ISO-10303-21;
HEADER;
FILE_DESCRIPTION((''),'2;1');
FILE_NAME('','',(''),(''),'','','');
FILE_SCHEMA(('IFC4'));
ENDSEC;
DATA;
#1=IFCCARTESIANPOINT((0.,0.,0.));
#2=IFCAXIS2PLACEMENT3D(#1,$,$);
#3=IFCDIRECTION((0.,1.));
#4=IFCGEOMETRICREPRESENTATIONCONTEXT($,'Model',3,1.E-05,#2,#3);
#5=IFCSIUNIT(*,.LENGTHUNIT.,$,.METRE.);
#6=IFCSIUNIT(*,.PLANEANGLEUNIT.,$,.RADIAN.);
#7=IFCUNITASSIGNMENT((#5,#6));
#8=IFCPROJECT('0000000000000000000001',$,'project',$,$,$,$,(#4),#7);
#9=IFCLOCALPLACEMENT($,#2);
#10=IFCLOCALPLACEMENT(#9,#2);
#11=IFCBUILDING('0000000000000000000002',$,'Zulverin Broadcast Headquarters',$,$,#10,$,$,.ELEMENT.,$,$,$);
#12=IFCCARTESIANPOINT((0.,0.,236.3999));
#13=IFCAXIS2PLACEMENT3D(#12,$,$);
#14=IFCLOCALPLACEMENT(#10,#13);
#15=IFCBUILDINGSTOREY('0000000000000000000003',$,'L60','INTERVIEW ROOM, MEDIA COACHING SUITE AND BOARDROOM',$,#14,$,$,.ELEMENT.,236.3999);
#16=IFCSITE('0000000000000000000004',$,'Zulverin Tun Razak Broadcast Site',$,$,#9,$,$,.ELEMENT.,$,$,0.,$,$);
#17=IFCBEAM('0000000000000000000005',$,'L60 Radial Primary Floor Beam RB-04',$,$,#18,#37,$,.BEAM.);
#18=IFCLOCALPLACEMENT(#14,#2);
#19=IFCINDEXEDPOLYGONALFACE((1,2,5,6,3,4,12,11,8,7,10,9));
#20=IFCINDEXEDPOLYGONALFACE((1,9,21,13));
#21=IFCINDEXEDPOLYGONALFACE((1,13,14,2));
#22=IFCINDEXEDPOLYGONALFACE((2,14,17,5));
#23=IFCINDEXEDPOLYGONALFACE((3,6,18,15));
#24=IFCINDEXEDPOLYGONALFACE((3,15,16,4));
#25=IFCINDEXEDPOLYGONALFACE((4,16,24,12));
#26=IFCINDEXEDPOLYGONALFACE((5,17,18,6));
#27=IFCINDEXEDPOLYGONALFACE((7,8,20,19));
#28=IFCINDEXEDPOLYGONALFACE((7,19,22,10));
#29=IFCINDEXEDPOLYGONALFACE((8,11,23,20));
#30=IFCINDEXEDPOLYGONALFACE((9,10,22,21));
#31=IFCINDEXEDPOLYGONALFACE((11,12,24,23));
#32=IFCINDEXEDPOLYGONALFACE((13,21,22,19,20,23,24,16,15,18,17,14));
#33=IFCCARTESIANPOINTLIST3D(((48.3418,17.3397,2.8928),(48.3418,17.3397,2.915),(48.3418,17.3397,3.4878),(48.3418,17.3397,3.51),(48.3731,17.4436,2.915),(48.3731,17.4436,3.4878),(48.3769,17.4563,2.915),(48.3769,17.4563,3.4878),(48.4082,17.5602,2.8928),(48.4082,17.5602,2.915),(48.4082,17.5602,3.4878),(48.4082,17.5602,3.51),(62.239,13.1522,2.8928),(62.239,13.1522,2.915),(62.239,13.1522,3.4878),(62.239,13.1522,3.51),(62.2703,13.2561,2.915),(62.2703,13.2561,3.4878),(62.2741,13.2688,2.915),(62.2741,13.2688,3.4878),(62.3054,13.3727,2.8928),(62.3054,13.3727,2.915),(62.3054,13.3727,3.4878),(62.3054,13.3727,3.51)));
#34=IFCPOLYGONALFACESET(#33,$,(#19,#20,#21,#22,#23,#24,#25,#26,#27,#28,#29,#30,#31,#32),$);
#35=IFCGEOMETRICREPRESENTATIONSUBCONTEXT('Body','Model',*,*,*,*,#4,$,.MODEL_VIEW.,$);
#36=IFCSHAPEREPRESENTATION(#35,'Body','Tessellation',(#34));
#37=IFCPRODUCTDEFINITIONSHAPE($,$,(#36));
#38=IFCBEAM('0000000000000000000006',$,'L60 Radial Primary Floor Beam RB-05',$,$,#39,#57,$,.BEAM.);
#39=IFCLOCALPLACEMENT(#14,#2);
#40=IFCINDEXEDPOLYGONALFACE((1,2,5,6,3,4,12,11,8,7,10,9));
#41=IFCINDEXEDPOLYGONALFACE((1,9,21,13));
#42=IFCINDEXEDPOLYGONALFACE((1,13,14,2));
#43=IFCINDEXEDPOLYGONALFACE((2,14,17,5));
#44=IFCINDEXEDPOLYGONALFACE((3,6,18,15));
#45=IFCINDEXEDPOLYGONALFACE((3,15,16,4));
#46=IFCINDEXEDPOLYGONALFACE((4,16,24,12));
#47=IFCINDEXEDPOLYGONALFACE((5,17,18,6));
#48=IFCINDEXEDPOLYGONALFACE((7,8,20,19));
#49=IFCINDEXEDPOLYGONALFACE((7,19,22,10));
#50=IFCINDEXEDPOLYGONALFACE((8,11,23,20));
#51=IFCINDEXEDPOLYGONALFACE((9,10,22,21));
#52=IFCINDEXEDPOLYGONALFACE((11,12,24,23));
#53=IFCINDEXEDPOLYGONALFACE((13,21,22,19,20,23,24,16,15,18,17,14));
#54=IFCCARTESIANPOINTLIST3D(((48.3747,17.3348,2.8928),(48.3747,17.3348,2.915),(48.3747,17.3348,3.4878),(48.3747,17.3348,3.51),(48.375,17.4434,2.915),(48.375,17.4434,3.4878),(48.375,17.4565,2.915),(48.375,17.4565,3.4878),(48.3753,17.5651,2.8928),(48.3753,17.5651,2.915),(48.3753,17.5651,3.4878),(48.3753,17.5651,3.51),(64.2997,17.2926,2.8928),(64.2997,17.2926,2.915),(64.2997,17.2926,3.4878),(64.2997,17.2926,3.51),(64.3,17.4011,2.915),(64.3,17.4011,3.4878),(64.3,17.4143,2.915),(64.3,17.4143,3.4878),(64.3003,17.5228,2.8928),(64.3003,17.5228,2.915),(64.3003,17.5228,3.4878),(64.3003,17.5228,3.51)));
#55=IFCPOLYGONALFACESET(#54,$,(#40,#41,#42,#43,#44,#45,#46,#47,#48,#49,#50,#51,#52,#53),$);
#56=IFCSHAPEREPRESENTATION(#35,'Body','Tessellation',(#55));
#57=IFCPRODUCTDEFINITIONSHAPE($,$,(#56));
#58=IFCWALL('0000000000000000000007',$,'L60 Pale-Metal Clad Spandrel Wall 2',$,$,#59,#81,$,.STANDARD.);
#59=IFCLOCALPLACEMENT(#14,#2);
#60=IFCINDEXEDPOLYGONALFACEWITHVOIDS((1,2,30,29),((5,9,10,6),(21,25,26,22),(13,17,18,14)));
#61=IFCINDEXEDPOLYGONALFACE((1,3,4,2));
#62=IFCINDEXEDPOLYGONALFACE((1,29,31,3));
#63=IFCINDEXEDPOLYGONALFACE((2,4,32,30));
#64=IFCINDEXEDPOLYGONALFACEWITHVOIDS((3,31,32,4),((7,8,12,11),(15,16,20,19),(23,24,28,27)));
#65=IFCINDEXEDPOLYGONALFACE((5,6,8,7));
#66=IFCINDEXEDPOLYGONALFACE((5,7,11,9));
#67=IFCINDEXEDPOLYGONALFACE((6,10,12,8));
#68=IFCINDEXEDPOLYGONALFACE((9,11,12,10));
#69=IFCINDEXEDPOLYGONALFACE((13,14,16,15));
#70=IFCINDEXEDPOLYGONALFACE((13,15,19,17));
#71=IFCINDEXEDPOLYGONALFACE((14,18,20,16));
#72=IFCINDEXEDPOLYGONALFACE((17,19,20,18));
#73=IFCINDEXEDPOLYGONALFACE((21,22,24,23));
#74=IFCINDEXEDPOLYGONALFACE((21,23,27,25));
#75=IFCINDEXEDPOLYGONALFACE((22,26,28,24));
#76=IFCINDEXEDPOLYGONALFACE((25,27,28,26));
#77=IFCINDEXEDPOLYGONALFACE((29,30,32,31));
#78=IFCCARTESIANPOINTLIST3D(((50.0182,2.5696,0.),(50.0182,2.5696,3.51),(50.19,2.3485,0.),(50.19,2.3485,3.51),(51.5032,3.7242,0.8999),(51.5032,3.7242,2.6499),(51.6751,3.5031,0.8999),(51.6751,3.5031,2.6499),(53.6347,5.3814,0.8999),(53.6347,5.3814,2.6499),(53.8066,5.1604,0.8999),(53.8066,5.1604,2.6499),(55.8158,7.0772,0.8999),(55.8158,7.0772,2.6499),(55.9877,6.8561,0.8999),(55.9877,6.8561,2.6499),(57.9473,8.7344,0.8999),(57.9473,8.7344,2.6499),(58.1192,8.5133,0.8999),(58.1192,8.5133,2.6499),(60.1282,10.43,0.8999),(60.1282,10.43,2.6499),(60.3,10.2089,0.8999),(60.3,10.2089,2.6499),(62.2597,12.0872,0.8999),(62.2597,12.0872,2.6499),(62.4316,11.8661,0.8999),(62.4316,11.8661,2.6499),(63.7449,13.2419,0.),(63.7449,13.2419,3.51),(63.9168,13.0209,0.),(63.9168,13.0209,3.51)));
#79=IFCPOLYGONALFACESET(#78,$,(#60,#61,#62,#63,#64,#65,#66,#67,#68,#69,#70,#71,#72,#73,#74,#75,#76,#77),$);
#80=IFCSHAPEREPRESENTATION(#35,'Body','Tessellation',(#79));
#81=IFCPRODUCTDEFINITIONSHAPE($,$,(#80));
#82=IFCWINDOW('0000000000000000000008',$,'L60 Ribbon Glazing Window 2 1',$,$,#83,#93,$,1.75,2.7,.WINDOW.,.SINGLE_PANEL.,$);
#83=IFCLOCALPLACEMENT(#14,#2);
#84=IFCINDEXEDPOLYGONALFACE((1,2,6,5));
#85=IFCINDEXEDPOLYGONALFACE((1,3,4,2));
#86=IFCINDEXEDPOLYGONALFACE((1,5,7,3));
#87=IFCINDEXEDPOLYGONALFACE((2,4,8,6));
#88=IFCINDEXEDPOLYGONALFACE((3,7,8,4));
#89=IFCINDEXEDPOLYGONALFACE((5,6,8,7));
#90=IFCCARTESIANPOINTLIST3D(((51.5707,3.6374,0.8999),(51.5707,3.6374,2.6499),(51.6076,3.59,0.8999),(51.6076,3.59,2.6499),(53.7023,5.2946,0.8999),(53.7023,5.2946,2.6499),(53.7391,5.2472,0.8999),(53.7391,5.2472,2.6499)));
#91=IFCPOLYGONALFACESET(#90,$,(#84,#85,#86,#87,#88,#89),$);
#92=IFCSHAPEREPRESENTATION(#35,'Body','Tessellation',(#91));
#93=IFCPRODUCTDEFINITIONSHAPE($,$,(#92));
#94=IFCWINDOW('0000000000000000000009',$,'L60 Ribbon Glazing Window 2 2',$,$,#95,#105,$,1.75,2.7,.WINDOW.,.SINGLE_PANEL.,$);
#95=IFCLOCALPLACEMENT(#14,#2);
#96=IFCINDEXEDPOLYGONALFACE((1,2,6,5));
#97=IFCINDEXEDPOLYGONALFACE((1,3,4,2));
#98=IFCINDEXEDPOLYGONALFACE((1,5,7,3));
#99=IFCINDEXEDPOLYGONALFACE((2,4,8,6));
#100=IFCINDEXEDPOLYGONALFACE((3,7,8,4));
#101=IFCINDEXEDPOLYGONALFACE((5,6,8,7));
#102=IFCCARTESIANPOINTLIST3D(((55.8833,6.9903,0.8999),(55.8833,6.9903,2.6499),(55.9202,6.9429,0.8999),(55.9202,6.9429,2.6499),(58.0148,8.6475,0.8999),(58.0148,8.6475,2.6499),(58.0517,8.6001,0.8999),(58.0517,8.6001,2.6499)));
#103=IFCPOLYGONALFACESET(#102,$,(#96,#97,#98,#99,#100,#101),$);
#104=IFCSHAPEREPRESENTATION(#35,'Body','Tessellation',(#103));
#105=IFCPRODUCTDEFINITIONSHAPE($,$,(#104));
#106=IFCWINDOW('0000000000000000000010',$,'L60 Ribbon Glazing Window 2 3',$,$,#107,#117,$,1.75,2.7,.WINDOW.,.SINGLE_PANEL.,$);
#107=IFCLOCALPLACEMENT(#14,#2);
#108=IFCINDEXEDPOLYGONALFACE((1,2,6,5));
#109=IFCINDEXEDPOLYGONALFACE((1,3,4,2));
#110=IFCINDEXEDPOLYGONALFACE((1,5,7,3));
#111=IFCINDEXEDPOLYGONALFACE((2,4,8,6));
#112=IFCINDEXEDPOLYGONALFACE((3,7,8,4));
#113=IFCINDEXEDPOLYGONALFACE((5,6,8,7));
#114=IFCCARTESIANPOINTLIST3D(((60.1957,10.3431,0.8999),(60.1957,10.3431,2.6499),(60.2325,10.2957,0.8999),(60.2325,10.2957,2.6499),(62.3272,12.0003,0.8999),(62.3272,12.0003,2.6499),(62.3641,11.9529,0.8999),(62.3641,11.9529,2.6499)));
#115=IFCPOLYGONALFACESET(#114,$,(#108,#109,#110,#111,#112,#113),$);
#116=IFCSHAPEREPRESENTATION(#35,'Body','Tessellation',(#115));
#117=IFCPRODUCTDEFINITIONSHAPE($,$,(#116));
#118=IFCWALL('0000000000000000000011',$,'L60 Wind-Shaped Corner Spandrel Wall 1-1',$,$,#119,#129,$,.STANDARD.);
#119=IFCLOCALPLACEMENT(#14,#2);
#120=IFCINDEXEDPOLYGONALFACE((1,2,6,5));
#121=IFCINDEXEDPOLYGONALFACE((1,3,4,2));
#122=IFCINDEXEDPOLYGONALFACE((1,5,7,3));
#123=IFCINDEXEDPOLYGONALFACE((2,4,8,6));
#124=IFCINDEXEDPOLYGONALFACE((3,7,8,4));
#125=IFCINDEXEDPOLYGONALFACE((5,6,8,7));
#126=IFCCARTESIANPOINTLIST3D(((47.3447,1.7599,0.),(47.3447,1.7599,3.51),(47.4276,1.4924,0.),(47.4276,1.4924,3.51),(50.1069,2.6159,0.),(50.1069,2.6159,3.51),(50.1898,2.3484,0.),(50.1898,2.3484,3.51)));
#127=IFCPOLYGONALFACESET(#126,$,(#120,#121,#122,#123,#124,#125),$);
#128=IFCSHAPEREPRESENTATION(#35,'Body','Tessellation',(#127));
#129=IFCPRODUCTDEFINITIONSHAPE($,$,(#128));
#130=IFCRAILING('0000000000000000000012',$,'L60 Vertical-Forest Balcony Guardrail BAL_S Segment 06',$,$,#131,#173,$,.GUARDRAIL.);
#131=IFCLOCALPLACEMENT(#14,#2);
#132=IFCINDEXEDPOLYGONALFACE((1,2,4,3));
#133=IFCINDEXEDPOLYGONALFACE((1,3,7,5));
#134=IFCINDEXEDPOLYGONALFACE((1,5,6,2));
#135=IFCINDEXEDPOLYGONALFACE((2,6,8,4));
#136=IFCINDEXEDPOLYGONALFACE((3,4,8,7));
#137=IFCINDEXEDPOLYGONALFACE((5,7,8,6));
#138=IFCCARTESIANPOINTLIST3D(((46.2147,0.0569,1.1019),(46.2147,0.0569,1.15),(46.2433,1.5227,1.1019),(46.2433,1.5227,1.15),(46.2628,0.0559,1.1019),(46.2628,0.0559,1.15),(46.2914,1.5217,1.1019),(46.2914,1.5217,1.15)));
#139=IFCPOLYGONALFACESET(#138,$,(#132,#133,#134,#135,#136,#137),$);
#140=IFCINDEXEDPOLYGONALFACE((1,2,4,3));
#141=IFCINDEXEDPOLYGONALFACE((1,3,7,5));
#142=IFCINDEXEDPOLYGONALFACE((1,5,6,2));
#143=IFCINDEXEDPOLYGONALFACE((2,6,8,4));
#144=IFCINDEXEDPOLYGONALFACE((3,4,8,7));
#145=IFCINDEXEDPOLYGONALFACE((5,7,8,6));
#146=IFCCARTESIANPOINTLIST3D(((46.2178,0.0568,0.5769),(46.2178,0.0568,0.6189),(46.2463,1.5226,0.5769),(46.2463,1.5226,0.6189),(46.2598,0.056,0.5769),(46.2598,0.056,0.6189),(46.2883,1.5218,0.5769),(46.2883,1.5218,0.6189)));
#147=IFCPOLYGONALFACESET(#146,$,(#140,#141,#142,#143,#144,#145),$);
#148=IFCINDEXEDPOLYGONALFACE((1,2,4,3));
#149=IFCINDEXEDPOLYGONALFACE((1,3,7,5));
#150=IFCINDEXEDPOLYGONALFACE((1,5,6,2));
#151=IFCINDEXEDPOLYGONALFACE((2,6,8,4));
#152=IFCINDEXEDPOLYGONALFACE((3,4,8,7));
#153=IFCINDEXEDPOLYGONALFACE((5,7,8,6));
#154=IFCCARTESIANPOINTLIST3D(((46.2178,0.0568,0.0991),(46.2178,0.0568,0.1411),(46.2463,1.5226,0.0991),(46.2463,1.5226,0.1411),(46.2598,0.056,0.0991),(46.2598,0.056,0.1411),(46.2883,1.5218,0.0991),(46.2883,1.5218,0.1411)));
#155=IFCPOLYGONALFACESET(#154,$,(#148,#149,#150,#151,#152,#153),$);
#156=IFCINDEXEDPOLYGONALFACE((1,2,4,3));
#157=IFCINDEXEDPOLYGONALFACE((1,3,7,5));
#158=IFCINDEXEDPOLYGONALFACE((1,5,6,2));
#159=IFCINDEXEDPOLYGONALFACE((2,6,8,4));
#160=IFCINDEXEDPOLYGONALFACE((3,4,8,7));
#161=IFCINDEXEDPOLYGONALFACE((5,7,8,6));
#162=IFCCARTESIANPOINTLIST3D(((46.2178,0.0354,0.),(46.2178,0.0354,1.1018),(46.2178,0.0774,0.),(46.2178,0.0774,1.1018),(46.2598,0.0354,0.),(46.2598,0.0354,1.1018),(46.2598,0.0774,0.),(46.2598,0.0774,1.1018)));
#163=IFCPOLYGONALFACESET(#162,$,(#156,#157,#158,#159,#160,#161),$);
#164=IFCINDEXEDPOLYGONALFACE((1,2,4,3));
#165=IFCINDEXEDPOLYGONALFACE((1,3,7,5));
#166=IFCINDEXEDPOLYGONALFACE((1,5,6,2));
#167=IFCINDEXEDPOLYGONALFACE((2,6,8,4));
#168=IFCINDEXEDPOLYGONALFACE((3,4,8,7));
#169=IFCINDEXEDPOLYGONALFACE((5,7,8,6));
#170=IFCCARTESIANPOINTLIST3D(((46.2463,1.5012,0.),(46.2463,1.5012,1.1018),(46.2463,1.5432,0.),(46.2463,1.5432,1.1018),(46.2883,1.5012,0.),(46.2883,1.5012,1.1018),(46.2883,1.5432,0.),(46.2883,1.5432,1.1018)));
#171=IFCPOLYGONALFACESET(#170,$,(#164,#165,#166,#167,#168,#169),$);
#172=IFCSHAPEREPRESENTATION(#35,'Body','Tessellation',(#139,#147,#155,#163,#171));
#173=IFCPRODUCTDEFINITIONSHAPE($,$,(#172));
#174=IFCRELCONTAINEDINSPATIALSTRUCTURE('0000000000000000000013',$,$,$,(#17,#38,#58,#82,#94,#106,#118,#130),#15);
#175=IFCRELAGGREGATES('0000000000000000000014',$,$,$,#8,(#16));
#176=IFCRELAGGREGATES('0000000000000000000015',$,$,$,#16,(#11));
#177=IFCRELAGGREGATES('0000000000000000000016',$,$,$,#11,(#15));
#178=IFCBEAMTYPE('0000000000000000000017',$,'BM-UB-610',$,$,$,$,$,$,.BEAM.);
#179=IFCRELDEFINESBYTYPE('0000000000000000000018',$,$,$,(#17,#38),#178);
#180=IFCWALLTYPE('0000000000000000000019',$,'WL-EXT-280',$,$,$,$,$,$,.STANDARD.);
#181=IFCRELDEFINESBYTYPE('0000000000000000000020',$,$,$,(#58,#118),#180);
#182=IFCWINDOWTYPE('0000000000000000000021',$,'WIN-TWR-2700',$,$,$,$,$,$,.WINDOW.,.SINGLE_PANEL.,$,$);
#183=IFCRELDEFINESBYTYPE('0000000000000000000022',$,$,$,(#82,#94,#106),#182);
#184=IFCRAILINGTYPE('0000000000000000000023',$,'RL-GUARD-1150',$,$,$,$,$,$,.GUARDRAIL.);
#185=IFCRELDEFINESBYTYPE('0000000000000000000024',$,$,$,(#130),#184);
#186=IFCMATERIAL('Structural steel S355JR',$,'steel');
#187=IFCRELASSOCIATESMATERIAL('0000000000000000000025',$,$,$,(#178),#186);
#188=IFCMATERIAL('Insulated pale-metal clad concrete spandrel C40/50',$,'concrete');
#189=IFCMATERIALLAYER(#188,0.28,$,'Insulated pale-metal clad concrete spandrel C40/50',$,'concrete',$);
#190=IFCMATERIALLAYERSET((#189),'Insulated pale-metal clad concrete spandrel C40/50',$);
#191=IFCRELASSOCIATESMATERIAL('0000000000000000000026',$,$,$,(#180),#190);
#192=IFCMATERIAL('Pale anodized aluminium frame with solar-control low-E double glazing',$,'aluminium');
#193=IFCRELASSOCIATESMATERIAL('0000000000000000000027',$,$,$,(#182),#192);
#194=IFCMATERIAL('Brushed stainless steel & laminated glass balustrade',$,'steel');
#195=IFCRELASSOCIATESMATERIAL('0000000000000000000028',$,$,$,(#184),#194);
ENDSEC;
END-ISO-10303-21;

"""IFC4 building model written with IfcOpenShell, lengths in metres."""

from ifc_helpers import new_model, si_unit, direction, frame, frame_2d, origin, origin_2d, place, context, subcontext, project, spatial, rectangle, i_section, extrude, material, layer, layer_set, material_profile, profile_set, type_object, element, fill, save


model = new_model("IFC4")

# Units and contexts
model_context = context("Model", 3, precision=1e-05, world=origin(), true_north=direction((0.0, 1.0)))
body_context = subcontext(model_context, "Body", "Model", "MODEL_VIEW")
ifc_project = project(units=[si_unit("LENGTHUNIT", "METRE"), si_unit("PLANEANGLEUNIT", "RADIAN")], contexts=[model_context])

# Site, building, storey
site_placement = place(None, origin())
site = spatial("IfcSite", under=ifc_project, at=site_placement, Name="Zulverin Tun Razak Broadcast Site", CompositionType="ELEMENT", RefElevation=0.0)
building_placement = place(site_placement, origin())
building = spatial("IfcBuilding", under=site, at=building_placement, Name="Zulverin Broadcast Headquarters", CompositionType="ELEMENT")
storey_placement = place(building_placement, frame((0.0, 0.0, 236.3999)))
storey = spatial("IfcBuildingStorey", under=building, at=storey_placement, Name="L60", Description="INTERVIEW ROOM, MEDIA COACHING SUITE AND BOARDROOM", CompositionType="ELEMENT", Elevation=236.3999)

# Beams
ifc_material_1 = material(Name="Structural steel S355JR", Category="steel")
ifc_material_profile_1 = material_profile(ifc_material_1, i_section(OverallWidth=0.2302, OverallDepth=0.6172, WebThickness=0.0132, FlangeThickness=0.0222, at=origin_2d()), Name="Structural steel S355JR", Category="steel")
ifc_profile_set_1 = profile_set([ifc_material_profile_1], Name="Structural steel S355JR")
beam_type_1 = type_object("IfcBeamType", Name="BM-UB-610", PredefinedType="BEAM", material=ifc_profile_set_1)
beam_1_placement = place(storey_placement, frame((48.375, 17.45, 3.2014), z_axis=(0.957478, -0.288507, 0.0), x_axis=(0.288507, 0.957478, 0.0)))
element("IfcBeam", 1, at=beam_1_placement, inside=storey, type_object=beam_type_1, Name="L60 Radial Primary Floor Beam RB-04", PredefinedType="BEAM", context=body_context, shape_type="SweptSolid", body=[
    extrude(i_section(OverallWidth=0.2302, OverallDepth=0.6172, WebThickness=0.0132, FlangeThickness=0.0222, at=origin_2d()), origin(), (0.0, 0.0, 1.0), 14.5144),
])
beam_2_placement = place(storey_placement, frame((48.375, 17.45, 3.2014), z_axis=(0.999996, -0.002652, 0.0), x_axis=(0.002652, 0.999996, 0.0)))
element("IfcBeam", 2, at=beam_2_placement, inside=storey, type_object=beam_type_1, Name="L60 Radial Primary Floor Beam RB-05", PredefinedType="BEAM", context=body_context, shape_type="SweptSolid", body=[
    extrude(i_section(OverallWidth=0.2302, OverallDepth=0.6172, WebThickness=0.0132, FlangeThickness=0.0222, at=origin_2d()), origin(), (0.0, 0.0, 1.0), 15.925),
])

# Wall, openings, windows
ifc_material_2 = material(Name="Insulated pale-metal clad concrete spandrel C40/50", Category="concrete")
ifc_layer_1 = layer(ifc_material_2, 0.28, Name="Insulated pale-metal clad concrete spandrel C40/50", Category="concrete")
ifc_layer_set_1 = layer_set([ifc_layer_1], Name="Insulated pale-metal clad concrete spandrel C40/50")
wall_type_1 = type_object("IfcWallType", Name="WL-EXT-280", PredefinedType="STANDARD", material=ifc_layer_set_1)
wall_1_placement = place(storey_placement, frame((50.104, 2.459, 0.0), z_axis=(0.0, 0.0, 1.0), x_axis=(0.789465, 0.613796, 0.0)))
wall_1 = element("IfcWall", 3, at=wall_1_placement, inside=storey, type_object=wall_type_1, Name="L60 Pale-Metal Clad Spandrel Wall 2", PredefinedType="STANDARD", context=body_context, shape_type="SweptSolid", body=[
    extrude(rectangle(XDim=17.3875, YDim=0.28, at=frame_2d((8.6938, 0.0))), origin(), (0.0, 0.0, 1.0), 3.51),
])
opening_1_placement = place(wall_1_placement, frame((1.8811, 0.0, 0.8999)))
opening_1 = element("IfcOpeningElement", 4, at=opening_1_placement, cuts=wall_1, PredefinedType="OPENING", context=body_context, shape_type="SweptSolid", body=[
    extrude(rectangle(XDim=2.7, YDim=1.75, at=frame_2d((1.3501, 0.875))), frame((0.0, 0.1499, 0.0), z_axis=(0.0, -1.0, 0.0), x_axis=(1.0, 0.0, 0.0)), (0.0, 0.0, 1.0), 0.3),
])
opening_2_placement = place(wall_1_placement, frame((7.3438, 0.0, 0.8999)))
opening_2 = element("IfcOpeningElement", 5, at=opening_2_placement, cuts=wall_1, PredefinedType="OPENING", context=body_context, shape_type="SweptSolid", body=[
    extrude(rectangle(XDim=2.7, YDim=1.75, at=frame_2d((1.3501, 0.875))), frame((0.0, 0.1499, 0.0), z_axis=(0.0, -1.0, 0.0), x_axis=(1.0, 0.0, 0.0)), (0.0, 0.0, 1.0), 0.3),
])
opening_3_placement = place(wall_1_placement, frame((12.8062, 0.0, 0.8999)))
opening_3 = element("IfcOpeningElement", 6, at=opening_3_placement, cuts=wall_1, PredefinedType="OPENING", context=body_context, shape_type="SweptSolid", body=[
    extrude(rectangle(XDim=2.7, YDim=1.75, at=frame_2d((1.3501, 0.875))), frame((0.0, 0.1499, 0.0), z_axis=(0.0, -1.0, 0.0), x_axis=(1.0, 0.0, 0.0)), (0.0, 0.0, 1.0), 0.3),
])
ifc_material_3 = material(Name="Pale anodized aluminium frame with solar-control low-E double glazing", Category="aluminium")
window_type = type_object("IfcWindowType", Name="WIN-TWR-2700", PartitioningType="SINGLE_PANEL", PredefinedType="WINDOW", material=ifc_material_3)
window_1_placement = place(opening_1_placement, origin())
window_1 = element("IfcWindow", 7, at=window_1_placement, inside=storey, type_object=window_type, Name="L60 Ribbon Glazing Window 2 1", OverallHeight=1.75, OverallWidth=2.7, PartitioningType="SINGLE_PANEL", PredefinedType="WINDOW", context=body_context, shape_type="SweptSolid", body=[
    extrude(rectangle(XDim=2.7, YDim=1.75, at=frame_2d((1.3501, 0.875))), frame((0.0, 0.03, 0.0), z_axis=(0.0, -1.0, 0.0), x_axis=(1.0, 0.0, 0.0)), (0.0, 0.0, 1.0), 0.0601),
])
fill(opening_1, window_1)
window_2_placement = place(opening_2_placement, origin())
window_2 = element("IfcWindow", 8, at=window_2_placement, inside=storey, type_object=window_type, Name="L60 Ribbon Glazing Window 2 2", OverallHeight=1.75, OverallWidth=2.7, PartitioningType="SINGLE_PANEL", PredefinedType="WINDOW", context=body_context, shape_type="SweptSolid", body=[
    extrude(rectangle(XDim=2.7, YDim=1.75, at=frame_2d((1.3501, 0.875))), frame((0.0, 0.03, 0.0), z_axis=(0.0, -1.0, 0.0), x_axis=(1.0, 0.0, 0.0)), (0.0, 0.0, 1.0), 0.0601),
])
fill(opening_2, window_2)
window_3_placement = place(opening_3_placement, origin())
window_3 = element("IfcWindow", 9, at=window_3_placement, inside=storey, type_object=window_type, Name="L60 Ribbon Glazing Window 2 3", OverallHeight=1.75, OverallWidth=2.7, PartitioningType="SINGLE_PANEL", PredefinedType="WINDOW", context=body_context, shape_type="SweptSolid", body=[
    extrude(rectangle(XDim=2.7, YDim=1.75, at=frame_2d((1.3501, 0.875))), frame((0.0, 0.03, 0.0), z_axis=(0.0, -1.0, 0.0), x_axis=(1.0, 0.0, 0.0)), (0.0, 0.0, 1.0), 0.0601),
])
fill(opening_3, window_3)

# Wall
wall_2_placement = place(storey_placement, frame((47.3862, 1.6262, 0.0), z_axis=(0.0, 0.0, 1.0), x_axis=(0.955189, 0.295996, 0.0)))
element("IfcWall", 10, at=wall_2_placement, inside=storey, type_object=wall_type_1, Name="L60 Wind-Shaped Corner Spandrel Wall 1-1", PredefinedType="STANDARD", context=body_context, shape_type="SweptSolid", body=[
    extrude(rectangle(XDim=2.8918, YDim=0.28, at=frame_2d((1.4458, 0.0))), origin(), (0.0, 0.0, 1.0), 3.51),
])

# Railing
ifc_material_4 = material(Name="Brushed stainless steel & laminated glass balustrade", Category="steel")
railing_type = type_object("IfcRailingType", Name="RL-GUARD-1150", PredefinedType="GUARDRAIL", material=ifc_material_4)
railing_placement = place(storey_placement, frame((46.2388, 0.0564, 0.0)))
element("IfcRailing", 11, at=railing_placement, inside=storey, type_object=railing_type, Name="L60 Vertical-Forest Balcony Guardrail BAL_S Segment 06", PredefinedType="GUARDRAIL", context=body_context, shape_type="SweptSolid", body=[
    extrude(rectangle(XDim=0.0481, YDim=0.0481, at=origin_2d()), frame((0.0, 0.0, 1.126), z_axis=(0.019483, 0.99981, 0.0), x_axis=(-0.99981, 0.019483, 0.0)), (0.0, 0.0, 1.0), 1.4661),
    extrude(rectangle(XDim=0.042, YDim=0.042, at=origin_2d()), frame((0.0, 0.0, 0.5979), z_axis=(0.019483, 0.99981, 0.0), x_axis=(-0.99981, 0.019483, 0.0)), (0.0, 0.0, 1.0), 1.4661),
    extrude(rectangle(XDim=0.042, YDim=0.042, at=origin_2d()), frame((0.0, 0.0, 0.1201), z_axis=(0.019483, 0.99981, 0.0), x_axis=(-0.99981, 0.019483, 0.0)), (0.0, 0.0, 1.0), 1.4661),
    extrude(rectangle(XDim=0.042, YDim=0.042, at=origin_2d()), origin(), (0.0, 0.0, 1.0), 1.1018),
    extrude(rectangle(XDim=0.042, YDim=0.042, at=origin_2d()), frame((0.0286, 1.4658, 0.0)), (0.0, 0.0, 1.0), 1.1018),
])

save(model, "model.ifc")
